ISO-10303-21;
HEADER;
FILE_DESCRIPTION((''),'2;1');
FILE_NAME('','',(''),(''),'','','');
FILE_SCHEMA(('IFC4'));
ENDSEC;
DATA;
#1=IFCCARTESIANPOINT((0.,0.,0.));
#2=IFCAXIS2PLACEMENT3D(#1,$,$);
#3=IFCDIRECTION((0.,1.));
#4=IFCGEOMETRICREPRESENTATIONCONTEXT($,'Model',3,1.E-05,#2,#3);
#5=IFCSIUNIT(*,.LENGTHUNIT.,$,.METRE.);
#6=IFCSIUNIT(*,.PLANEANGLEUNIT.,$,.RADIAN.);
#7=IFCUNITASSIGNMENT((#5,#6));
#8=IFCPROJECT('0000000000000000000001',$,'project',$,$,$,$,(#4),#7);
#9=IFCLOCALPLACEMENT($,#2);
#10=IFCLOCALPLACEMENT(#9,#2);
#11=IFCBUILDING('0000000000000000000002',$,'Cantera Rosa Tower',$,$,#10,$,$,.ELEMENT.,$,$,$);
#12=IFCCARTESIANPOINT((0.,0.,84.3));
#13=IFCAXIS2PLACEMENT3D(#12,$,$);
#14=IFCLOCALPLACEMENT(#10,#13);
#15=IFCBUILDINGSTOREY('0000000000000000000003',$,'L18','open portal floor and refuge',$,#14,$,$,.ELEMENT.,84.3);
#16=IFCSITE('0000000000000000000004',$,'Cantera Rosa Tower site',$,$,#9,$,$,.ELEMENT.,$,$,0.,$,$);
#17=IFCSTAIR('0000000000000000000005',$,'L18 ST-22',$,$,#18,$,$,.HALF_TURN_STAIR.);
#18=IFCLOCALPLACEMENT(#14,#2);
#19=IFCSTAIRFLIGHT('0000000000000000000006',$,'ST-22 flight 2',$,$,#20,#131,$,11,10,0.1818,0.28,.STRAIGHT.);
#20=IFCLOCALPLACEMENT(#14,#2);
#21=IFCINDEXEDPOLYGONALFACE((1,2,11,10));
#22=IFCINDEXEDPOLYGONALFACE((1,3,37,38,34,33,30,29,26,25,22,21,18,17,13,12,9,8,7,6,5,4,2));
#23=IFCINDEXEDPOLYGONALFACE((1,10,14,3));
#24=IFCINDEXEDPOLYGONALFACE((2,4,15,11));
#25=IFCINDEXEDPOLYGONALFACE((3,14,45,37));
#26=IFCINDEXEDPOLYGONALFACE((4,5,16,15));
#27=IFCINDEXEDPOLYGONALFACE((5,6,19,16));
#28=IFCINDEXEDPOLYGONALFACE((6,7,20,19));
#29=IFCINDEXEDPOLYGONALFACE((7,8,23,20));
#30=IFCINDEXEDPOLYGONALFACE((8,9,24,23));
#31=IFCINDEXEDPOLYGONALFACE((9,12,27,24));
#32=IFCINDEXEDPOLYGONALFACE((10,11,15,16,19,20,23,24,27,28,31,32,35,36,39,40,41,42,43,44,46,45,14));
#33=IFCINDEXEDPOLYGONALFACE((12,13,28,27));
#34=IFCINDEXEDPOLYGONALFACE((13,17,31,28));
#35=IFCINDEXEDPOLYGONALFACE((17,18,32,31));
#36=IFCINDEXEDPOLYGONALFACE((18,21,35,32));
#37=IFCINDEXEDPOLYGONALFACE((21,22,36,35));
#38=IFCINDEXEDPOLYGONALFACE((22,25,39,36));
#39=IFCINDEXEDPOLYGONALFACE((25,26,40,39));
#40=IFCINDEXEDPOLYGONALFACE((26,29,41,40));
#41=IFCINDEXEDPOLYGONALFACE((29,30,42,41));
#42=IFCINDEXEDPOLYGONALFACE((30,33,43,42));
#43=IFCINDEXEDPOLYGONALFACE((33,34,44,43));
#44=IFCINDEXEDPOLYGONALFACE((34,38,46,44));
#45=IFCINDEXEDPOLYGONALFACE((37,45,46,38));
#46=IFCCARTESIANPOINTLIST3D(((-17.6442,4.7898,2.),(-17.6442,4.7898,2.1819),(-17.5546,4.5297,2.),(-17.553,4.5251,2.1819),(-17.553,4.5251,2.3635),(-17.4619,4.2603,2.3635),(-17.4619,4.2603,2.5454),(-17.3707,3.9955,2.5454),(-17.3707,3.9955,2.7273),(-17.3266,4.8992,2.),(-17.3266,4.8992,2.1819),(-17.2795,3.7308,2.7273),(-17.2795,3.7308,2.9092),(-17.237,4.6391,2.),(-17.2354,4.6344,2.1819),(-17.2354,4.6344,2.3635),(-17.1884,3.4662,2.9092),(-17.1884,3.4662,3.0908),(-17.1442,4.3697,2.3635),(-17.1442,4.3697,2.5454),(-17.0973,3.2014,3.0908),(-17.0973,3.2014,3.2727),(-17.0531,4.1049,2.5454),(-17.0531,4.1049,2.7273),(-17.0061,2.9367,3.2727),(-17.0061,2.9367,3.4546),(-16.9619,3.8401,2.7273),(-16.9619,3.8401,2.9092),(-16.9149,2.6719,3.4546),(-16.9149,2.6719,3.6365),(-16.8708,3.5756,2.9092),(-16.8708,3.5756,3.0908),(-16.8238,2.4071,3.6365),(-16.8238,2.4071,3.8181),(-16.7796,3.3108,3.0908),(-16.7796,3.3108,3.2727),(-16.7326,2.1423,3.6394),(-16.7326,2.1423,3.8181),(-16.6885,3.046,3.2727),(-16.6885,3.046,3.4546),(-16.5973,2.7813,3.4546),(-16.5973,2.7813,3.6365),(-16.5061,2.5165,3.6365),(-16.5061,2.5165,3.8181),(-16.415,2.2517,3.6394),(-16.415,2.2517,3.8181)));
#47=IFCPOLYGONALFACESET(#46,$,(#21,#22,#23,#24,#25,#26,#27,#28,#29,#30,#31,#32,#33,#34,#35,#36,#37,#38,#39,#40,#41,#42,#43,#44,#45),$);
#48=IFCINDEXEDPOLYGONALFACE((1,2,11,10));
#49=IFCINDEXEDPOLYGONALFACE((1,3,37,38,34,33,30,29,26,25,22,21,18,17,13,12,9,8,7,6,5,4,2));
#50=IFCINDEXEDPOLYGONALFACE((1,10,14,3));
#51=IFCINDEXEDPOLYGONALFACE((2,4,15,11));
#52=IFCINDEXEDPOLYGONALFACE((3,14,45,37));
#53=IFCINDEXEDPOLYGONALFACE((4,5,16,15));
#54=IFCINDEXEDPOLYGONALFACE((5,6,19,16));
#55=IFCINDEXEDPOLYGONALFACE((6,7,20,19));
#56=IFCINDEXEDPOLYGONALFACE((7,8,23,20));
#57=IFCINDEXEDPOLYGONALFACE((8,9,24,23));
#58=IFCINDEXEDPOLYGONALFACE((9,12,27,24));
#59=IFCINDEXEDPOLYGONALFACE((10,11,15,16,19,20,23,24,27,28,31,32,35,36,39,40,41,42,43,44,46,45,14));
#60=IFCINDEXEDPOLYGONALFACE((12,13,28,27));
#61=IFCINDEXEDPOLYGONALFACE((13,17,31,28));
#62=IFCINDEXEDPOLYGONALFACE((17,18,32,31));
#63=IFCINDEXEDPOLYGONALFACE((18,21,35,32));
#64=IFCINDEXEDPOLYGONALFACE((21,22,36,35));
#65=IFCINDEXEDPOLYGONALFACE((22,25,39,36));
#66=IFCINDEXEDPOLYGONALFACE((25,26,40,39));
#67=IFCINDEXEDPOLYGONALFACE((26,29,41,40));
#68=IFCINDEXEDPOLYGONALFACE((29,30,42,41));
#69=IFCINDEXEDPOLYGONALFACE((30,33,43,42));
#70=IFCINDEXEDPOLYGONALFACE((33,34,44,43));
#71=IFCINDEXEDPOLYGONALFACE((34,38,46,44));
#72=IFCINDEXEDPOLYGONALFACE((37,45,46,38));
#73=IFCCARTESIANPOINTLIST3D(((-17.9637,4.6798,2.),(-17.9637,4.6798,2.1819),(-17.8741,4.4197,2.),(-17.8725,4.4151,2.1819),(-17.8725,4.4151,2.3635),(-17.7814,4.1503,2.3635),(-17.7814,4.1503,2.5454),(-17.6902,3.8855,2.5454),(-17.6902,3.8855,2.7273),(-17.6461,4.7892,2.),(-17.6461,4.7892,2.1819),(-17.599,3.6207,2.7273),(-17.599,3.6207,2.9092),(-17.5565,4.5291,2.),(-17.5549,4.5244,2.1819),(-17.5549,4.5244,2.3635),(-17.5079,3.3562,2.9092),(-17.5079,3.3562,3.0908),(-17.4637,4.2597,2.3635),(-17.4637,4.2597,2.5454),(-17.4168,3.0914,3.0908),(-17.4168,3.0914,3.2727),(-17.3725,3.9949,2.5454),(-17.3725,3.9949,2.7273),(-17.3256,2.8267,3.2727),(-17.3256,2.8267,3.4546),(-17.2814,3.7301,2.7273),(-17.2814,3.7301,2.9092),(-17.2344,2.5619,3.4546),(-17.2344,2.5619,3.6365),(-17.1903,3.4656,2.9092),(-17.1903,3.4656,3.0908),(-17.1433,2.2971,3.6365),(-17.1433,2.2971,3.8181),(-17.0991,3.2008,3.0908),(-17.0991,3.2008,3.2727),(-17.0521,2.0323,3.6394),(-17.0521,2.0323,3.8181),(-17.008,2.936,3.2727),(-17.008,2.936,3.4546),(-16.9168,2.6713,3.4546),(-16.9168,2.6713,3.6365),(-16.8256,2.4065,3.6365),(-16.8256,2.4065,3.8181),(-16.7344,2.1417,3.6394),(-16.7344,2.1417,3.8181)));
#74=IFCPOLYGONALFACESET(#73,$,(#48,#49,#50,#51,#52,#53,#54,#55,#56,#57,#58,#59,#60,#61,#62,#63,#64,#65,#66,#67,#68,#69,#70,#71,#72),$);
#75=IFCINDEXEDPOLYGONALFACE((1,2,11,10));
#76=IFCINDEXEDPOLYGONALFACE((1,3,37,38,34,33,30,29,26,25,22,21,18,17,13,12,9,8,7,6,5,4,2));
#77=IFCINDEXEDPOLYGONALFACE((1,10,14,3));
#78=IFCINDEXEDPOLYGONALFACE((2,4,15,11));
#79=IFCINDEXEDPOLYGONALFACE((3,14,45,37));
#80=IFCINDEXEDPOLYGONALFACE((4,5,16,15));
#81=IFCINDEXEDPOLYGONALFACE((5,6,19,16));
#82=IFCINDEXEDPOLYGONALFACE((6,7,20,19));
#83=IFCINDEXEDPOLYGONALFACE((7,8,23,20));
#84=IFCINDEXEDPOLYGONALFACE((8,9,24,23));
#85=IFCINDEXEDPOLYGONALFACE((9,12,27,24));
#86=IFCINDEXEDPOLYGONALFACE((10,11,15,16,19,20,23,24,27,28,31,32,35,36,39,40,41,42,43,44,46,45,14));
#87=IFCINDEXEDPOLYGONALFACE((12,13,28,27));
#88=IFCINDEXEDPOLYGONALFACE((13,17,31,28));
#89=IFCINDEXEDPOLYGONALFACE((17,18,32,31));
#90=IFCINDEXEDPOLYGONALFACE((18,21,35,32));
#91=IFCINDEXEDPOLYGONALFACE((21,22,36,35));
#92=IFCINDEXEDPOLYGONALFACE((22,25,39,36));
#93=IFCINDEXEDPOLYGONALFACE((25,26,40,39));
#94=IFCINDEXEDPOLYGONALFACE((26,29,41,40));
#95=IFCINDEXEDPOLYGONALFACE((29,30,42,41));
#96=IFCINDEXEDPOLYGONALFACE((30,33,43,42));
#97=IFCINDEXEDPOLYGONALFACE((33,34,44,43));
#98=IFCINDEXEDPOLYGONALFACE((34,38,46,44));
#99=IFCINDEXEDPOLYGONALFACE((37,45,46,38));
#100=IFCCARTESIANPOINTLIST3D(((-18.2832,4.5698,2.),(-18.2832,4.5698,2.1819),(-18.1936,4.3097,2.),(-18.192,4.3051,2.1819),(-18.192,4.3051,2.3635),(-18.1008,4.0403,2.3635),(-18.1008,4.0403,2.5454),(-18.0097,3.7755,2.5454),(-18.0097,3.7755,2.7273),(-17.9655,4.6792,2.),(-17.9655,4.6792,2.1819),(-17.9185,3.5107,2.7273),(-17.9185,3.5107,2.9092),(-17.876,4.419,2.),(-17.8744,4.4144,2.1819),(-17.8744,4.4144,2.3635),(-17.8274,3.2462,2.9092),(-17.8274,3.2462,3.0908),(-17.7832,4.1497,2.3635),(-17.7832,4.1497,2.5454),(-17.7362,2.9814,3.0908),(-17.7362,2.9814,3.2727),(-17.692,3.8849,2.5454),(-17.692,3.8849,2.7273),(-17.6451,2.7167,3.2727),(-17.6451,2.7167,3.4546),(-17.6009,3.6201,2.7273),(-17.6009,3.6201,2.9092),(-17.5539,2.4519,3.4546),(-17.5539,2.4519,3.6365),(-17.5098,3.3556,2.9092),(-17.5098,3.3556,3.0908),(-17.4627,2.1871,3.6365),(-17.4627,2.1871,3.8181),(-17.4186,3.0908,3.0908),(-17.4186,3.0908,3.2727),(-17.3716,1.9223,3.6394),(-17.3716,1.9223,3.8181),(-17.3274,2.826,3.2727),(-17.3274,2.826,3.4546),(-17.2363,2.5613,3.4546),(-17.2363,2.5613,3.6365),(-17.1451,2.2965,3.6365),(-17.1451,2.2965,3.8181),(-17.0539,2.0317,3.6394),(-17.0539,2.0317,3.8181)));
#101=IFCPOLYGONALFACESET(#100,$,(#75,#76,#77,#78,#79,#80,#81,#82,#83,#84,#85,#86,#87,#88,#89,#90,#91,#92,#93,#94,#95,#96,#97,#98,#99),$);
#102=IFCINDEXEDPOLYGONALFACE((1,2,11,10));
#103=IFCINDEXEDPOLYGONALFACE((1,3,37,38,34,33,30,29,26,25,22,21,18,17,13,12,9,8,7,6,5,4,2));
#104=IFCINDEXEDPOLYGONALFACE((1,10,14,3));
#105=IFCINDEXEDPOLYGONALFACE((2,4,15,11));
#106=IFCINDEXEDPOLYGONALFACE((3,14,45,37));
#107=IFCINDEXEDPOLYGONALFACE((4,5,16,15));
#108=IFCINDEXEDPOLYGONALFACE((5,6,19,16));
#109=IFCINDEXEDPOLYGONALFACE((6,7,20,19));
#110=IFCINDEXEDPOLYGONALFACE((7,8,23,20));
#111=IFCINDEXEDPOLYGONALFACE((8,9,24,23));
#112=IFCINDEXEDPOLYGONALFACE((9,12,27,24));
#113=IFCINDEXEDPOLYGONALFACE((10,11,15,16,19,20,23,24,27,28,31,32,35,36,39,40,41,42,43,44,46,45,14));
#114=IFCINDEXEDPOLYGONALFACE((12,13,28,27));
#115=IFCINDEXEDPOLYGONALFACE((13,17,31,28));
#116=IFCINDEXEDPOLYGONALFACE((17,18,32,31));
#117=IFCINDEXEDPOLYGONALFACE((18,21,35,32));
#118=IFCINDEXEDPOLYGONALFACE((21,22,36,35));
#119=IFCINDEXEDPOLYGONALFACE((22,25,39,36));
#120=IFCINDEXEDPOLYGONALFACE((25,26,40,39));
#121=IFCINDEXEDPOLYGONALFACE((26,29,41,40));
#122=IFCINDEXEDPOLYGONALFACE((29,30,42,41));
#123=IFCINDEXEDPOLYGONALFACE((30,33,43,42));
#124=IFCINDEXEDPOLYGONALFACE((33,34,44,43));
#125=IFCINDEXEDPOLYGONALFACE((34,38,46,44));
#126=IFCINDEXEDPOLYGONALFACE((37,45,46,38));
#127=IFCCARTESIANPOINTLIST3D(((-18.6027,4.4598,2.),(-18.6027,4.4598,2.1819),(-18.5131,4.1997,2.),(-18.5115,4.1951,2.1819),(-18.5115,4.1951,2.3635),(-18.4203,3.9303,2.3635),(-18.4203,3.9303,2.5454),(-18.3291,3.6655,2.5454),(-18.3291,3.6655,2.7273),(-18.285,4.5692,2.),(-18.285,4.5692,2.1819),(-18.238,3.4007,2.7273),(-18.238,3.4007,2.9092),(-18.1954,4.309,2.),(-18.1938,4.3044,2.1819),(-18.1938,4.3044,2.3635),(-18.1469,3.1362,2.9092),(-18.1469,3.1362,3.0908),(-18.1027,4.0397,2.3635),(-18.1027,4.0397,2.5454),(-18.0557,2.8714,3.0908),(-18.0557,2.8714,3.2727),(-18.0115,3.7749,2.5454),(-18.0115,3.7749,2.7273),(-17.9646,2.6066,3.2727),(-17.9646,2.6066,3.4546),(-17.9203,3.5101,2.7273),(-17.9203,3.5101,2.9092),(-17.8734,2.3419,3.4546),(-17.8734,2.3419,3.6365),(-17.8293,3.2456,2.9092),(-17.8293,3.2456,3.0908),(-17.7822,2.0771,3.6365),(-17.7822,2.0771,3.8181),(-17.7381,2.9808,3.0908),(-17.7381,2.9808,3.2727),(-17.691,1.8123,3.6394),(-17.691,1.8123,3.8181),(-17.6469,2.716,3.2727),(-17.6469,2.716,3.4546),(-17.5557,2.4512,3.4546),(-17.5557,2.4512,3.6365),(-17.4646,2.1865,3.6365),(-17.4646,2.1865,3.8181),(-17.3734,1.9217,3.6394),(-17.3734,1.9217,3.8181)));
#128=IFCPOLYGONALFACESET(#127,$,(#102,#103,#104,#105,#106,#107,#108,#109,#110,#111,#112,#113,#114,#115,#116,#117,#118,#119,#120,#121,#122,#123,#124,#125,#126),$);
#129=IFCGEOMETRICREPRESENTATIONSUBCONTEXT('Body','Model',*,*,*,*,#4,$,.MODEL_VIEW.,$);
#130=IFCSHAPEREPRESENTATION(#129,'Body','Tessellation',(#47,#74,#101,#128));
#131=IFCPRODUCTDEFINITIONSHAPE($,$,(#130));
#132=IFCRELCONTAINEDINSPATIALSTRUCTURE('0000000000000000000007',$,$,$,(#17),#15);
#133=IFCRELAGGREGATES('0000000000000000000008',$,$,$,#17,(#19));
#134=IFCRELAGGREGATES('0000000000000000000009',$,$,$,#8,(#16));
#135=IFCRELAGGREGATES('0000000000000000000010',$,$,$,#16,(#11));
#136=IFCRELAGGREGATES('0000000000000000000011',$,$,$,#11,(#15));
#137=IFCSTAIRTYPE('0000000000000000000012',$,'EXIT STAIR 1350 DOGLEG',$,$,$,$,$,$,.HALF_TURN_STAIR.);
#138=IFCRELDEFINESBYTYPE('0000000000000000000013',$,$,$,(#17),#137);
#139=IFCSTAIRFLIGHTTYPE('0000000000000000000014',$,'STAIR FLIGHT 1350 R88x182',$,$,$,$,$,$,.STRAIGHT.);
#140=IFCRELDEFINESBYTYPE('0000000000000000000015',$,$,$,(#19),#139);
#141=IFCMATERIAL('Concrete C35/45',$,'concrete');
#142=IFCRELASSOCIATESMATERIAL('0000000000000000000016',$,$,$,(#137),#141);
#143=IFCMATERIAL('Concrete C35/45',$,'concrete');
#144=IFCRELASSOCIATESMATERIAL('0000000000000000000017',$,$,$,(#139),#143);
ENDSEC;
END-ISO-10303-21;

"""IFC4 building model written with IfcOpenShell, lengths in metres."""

from ifc_helpers import new_model, si_unit, direction, frame, origin, place, context, subcontext, project, spatial, polyline, outline, extrude, material, type_object, element, aggregate, save


model = new_model("IFC4")

# Units and contexts
model_context = context("Model", 3, precision=1e-05, world=origin(), true_north=direction((0.0, 1.0)))
body_context = subcontext(model_context, "Body", "Model", "MODEL_VIEW")
ifc_project = project(units=[si_unit("LENGTHUNIT", "METRE"), si_unit("PLANEANGLEUNIT", "RADIAN")], contexts=[model_context])

# Site, building, storey
site_placement = place(None, origin())
site = spatial("IfcSite", under=ifc_project, at=site_placement, Name="Cantera Rosa Tower site", CompositionType="ELEMENT", RefElevation=0.0)
building_placement = place(site_placement, origin())
building = spatial("IfcBuilding", under=site, at=building_placement, Name="Cantera Rosa Tower", CompositionType="ELEMENT")
storey_placement = place(building_placement, frame((0.0, 0.0, 84.3)))
storey = spatial("IfcBuildingStorey", under=building, at=storey_placement, Name="L18", Description="open portal floor and refuge", CompositionType="ELEMENT", Elevation=84.3)

# Stair, stair flight
ifc_material_1 = material(Name="Concrete C35/45", Category="concrete")
stair_type = type_object("IfcStairType", Name="EXIT STAIR 1350 DOGLEG", PredefinedType="HALF_TURN_STAIR", material=ifc_material_1)
stair_placement = place(storey_placement, origin())
stair = element("IfcStair", 1, at=stair_placement, inside=storey, type_object=stair_type, Name="L18 ST-22", PredefinedType="HALF_TURN_STAIR")
ifc_material_2 = material(Name="Concrete C35/45", Category="concrete")
stair_flight_type = type_object("IfcStairFlightType", Name="STAIR FLIGHT 1350 R88x182", PredefinedType="STRAIGHT", material=ifc_material_2)
stair_flight_1_placement = place(storey_placement, frame((-17.9648, 4.6794, 2.0), z_axis=(0.0, 0.0, 1.0), x_axis=(0.325568, -0.945519, 0.0)))
stair_flight_1 = element("IfcStairFlight", 2, at=stair_flight_1_placement, type_object=stair_flight_type, Name="ST-22 flight 2", NumberOfRisers=11, NumberOfTreads=10, PredefinedType="STRAIGHT", RiserHeight=0.1818, TreadLength=0.28, context=body_context, shape_type="SweptSolid", body=[
    extrude(outline(polyline([(0.0, 0.0), (0.0, 0.1819), (0.28, 0.1819), (0.28, 0.3635), (0.5601, 0.3635), (0.5601, 0.5454), (0.8401, 0.5454), (0.8401, 0.7273), (1.1201, 0.7273), (1.1201, 0.9092), (1.3999, 0.9092), (1.3999, 1.0908), (1.6799, 1.0908), (1.6799, 1.2727), (1.96, 1.2727), (1.96, 1.4546), (2.24, 1.4546), (2.24, 1.6365), (2.52, 1.6365), (2.52, 1.8181), (2.8, 1.8181), (2.8, 2.0), (2.8, 1.6394), (0.2751, 0.0), (0.0, 0.0)])), frame((0.0, 0.675, 0.0), z_axis=(0.0, -1.0, 0.0), x_axis=(1.0, 0.0, 0.0)), (0.0, 0.0, 1.0), 0.3359),
    extrude(outline(polyline([(0.0, 0.0), (0.0, 0.1819), (0.28, 0.1819), (0.28, 0.3635), (0.5601, 0.3635), (0.5601, 0.5454), (0.8401, 0.5454), (0.8401, 0.7273), (1.1201, 0.7273), (1.1201, 0.9092), (1.3999, 0.9092), (1.3999, 1.0908), (1.6799, 1.0908), (1.6799, 1.2727), (1.96, 1.2727), (1.96, 1.4546), (2.24, 1.4546), (2.24, 1.6365), (2.52, 1.6365), (2.52, 1.8181), (2.8, 1.8181), (2.8, 2.0), (2.8, 1.6394), (0.2751, 0.0), (0.0, 0.0)])), frame((0.0, 0.3372, 0.0), z_axis=(0.0, -1.0, 0.0), x_axis=(1.0, 0.0, 0.0)), (0.0, 0.0, 1.0), 0.3359),
    extrude(outline(polyline([(0.0, 0.0), (0.0, 0.1819), (0.28, 0.1819), (0.28, 0.3635), (0.5601, 0.3635), (0.5601, 0.5454), (0.8401, 0.5454), (0.8401, 0.7273), (1.1201, 0.7273), (1.1201, 0.9092), (1.3999, 0.9092), (1.3999, 1.0908), (1.6799, 1.0908), (1.6799, 1.2727), (1.96, 1.2727), (1.96, 1.4546), (2.24, 1.4546), (2.24, 1.6365), (2.52, 1.6365), (2.52, 1.8181), (2.8, 1.8181), (2.8, 2.0), (2.8, 1.6394), (0.2751, 0.0), (0.0, 0.0)])), frame((0.0, -0.0007, 0.0), z_axis=(0.0, -1.0, 0.0), x_axis=(1.0, 0.0, 0.0)), (0.0, 0.0, 1.0), 0.3359),
    extrude(outline(polyline([(0.0, 0.0), (0.0, 0.1819), (0.28, 0.1819), (0.28, 0.3635), (0.5601, 0.3635), (0.5601, 0.5454), (0.8401, 0.5454), (0.8401, 0.7273), (1.1201, 0.7273), (1.1201, 0.9092), (1.3999, 0.9092), (1.3999, 1.0908), (1.6799, 1.0908), (1.6799, 1.2727), (1.96, 1.2727), (1.96, 1.4546), (2.24, 1.4546), (2.24, 1.6365), (2.52, 1.6365), (2.52, 1.8181), (2.8, 1.8181), (2.8, 2.0), (2.8, 1.6394), (0.2751, 0.0), (0.0, 0.0)])), frame((0.0, -0.3386, 0.0), z_axis=(0.0, -1.0, 0.0), x_axis=(1.0, 0.0, 0.0)), (0.0, 0.0, 1.0), 0.3359),
])
aggregate(stair, [stair_flight_1])

save(model, "model.ifc")
